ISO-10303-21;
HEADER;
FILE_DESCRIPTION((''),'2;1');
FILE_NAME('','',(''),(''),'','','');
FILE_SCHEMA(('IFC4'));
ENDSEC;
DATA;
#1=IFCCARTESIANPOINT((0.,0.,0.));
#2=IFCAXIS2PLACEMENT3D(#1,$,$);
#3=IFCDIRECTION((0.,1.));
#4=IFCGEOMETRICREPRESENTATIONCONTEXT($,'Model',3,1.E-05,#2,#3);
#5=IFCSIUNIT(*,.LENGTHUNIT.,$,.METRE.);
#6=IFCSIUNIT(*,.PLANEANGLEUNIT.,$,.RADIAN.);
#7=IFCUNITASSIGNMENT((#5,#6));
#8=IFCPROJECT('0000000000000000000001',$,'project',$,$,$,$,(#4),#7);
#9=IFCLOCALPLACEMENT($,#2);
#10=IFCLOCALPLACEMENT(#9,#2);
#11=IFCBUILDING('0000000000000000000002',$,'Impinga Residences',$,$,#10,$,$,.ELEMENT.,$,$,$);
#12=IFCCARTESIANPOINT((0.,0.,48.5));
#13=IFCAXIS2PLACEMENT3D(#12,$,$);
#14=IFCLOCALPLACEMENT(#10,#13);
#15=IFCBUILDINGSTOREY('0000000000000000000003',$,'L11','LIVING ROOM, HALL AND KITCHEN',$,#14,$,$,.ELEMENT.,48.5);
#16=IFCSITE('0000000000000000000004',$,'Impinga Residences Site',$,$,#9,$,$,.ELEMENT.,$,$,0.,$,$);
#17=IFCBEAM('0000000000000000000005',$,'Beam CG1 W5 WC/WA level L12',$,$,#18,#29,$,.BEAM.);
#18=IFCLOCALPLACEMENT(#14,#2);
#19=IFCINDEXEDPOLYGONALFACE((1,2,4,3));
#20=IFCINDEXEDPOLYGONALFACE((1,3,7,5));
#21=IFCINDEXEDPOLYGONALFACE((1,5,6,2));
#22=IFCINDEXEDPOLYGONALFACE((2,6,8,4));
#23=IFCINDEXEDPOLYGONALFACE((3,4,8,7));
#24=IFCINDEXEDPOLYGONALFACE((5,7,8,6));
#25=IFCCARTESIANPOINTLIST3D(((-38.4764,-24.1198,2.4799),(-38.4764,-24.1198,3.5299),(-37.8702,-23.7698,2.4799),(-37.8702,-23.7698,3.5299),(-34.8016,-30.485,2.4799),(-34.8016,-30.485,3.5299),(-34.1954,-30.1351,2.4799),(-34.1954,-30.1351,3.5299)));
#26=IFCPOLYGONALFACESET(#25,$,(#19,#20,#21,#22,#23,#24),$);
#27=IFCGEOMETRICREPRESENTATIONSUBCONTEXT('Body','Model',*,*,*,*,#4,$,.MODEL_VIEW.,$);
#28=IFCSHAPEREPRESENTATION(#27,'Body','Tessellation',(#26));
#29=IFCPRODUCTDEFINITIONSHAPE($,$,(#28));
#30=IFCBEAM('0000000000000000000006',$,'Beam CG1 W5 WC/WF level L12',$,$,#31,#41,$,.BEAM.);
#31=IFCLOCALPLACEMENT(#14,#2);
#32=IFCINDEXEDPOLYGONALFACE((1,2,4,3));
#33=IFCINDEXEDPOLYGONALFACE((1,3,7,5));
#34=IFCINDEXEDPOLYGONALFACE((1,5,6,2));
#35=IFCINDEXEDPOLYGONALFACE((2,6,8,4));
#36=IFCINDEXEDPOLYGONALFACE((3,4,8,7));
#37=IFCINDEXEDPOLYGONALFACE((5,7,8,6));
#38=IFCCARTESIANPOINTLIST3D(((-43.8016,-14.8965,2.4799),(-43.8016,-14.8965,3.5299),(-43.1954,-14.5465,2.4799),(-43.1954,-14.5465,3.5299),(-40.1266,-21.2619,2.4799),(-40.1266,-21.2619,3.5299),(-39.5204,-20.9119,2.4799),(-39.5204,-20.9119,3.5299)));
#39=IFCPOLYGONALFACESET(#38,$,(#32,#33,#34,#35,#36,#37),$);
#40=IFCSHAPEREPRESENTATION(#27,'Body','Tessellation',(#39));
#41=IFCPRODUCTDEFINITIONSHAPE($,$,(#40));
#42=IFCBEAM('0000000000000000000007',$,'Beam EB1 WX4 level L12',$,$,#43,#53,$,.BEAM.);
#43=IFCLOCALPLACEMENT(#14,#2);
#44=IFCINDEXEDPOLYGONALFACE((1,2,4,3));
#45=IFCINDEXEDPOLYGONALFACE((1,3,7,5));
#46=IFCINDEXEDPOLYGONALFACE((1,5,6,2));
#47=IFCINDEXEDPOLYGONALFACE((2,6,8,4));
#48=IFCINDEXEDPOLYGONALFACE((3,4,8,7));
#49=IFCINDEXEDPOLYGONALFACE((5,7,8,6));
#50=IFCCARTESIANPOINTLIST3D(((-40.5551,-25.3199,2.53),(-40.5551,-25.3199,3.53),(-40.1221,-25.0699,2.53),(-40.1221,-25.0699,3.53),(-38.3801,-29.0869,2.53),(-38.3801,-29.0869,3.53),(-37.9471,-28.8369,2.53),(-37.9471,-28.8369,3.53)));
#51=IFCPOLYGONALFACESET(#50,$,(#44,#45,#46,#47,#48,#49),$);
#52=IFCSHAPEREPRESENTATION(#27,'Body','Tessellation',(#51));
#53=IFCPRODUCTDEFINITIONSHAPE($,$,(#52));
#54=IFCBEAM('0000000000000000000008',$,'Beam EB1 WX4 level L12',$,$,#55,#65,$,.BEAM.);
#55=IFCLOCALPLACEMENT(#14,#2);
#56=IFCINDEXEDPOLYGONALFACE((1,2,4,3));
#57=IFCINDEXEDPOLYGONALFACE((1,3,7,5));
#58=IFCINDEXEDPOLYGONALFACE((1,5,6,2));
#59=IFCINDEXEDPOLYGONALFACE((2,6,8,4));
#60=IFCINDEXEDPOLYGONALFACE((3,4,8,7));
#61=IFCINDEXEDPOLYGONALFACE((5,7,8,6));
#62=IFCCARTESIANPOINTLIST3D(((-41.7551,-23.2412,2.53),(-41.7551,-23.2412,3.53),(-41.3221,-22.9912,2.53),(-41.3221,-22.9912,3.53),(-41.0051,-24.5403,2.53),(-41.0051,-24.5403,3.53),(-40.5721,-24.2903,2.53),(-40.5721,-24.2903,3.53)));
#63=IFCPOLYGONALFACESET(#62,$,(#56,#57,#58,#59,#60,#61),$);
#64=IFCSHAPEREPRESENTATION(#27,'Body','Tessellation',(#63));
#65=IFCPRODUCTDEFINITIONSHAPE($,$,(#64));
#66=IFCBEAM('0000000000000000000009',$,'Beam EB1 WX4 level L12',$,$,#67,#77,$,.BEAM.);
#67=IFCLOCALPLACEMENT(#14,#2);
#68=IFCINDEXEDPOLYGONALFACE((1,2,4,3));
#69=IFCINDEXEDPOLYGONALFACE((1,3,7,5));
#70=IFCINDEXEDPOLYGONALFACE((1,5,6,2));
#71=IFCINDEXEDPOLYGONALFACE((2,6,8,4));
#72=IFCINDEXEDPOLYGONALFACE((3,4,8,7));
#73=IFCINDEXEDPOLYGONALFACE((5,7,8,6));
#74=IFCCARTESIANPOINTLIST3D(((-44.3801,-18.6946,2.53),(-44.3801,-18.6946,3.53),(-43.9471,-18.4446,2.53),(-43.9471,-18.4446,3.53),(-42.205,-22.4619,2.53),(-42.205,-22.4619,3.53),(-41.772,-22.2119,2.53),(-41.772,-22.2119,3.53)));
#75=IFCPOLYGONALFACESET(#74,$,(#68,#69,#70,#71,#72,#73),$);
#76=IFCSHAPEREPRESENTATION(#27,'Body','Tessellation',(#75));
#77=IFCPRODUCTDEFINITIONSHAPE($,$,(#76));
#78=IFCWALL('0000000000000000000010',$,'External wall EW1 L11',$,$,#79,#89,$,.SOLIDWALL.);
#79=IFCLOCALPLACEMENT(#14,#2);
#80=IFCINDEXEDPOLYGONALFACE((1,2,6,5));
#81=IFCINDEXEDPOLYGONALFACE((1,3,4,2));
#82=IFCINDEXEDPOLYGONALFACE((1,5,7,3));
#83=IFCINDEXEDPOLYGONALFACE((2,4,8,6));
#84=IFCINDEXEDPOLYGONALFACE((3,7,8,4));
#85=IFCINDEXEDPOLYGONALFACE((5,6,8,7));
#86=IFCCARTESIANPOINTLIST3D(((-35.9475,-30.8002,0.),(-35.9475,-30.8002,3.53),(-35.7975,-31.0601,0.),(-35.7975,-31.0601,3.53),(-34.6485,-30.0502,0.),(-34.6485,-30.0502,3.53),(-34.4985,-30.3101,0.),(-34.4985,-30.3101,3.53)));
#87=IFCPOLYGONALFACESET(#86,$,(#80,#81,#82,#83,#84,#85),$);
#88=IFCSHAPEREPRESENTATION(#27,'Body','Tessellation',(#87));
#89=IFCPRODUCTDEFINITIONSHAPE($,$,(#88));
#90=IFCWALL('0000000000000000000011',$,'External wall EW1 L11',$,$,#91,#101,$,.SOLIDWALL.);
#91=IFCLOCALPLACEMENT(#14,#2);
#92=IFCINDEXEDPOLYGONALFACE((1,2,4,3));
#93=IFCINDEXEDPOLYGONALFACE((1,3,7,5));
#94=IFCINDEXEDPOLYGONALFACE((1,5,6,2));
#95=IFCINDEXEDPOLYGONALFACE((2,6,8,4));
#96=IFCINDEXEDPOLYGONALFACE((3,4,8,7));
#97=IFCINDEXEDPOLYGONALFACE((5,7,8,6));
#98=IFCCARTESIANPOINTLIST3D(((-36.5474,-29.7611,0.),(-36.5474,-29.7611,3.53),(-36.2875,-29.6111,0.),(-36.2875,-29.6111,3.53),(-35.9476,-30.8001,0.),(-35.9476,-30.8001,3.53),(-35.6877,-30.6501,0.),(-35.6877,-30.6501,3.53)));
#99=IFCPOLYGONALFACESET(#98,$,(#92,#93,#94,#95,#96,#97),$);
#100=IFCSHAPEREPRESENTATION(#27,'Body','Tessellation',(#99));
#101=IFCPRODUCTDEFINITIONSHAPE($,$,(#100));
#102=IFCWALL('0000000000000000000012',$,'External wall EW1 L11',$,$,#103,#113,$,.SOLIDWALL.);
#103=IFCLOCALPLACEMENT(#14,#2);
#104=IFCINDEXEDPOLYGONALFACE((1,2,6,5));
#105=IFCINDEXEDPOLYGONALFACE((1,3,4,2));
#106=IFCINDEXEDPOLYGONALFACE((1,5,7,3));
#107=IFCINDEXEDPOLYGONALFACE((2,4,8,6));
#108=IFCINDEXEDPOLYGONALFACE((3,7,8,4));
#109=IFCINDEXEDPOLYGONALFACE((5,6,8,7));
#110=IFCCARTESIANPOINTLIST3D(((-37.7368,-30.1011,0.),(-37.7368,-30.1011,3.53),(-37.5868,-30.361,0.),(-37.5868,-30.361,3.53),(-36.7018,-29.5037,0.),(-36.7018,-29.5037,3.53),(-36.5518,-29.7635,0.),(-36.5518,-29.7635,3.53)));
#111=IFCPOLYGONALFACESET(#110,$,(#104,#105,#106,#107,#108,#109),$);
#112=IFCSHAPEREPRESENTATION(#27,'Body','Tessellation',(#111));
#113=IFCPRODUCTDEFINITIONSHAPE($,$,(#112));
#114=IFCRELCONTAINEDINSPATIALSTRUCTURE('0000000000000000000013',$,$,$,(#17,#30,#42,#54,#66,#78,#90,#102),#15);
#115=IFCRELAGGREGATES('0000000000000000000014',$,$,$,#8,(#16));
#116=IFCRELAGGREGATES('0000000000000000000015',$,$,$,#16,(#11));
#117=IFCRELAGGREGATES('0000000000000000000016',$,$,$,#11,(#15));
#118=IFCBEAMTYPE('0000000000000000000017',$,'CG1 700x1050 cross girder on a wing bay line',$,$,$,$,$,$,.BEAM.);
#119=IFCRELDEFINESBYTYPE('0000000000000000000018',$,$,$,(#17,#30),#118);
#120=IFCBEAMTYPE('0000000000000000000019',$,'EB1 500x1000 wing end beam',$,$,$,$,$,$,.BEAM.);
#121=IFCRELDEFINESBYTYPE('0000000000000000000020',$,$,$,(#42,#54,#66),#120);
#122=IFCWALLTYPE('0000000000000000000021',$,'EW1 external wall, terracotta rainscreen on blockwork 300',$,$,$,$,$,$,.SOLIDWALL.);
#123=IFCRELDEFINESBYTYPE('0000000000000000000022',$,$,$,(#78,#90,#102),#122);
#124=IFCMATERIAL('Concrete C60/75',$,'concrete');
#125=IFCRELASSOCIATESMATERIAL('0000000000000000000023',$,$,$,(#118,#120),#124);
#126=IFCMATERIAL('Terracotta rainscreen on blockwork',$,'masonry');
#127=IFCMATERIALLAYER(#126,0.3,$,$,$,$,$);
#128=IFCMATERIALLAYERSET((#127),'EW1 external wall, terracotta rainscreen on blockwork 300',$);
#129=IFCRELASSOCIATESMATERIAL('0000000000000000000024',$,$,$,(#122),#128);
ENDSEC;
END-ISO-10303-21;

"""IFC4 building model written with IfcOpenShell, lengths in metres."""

from ifc_helpers import new_model, si_unit, direction, frame, frame_2d, origin, origin_2d, place, context, subcontext, project, spatial, rectangle, extrude, material, layer, layer_set, material_profile, profile_set, type_object, element, save


model = new_model("IFC4")

# Units and contexts
model_context = context("Model", 3, precision=1e-05, world=origin(), true_north=direction((0.0, 1.0)))
body_context = subcontext(model_context, "Body", "Model", "MODEL_VIEW")
ifc_project = project(units=[si_unit("LENGTHUNIT", "METRE"), si_unit("PLANEANGLEUNIT", "RADIAN")], contexts=[model_context])

# Site, building, storey
site_placement = place(None, origin())
site = spatial("IfcSite", under=ifc_project, at=site_placement, Name="Impinga Residences Site", CompositionType="ELEMENT", RefElevation=0.0)
building_placement = place(site_placement, origin())
building = spatial("IfcBuilding", under=site, at=building_placement, Name="Impinga Residences", CompositionType="ELEMENT")
storey_placement = place(building_placement, frame((0.0, 0.0, 48.5)))
storey = spatial("IfcBuildingStorey", under=building, at=storey_placement, Name="L11", Description="LIVING ROOM, HALL AND KITCHEN", CompositionType="ELEMENT", Elevation=48.5)

# Beams
ifc_material_1 = material(Name="Concrete C60/75", Category="concrete")
ifc_material_profile_1 = material_profile(ifc_material_1, rectangle(XDim=0.7, YDim=1.05, at=origin_2d()), Name="RC 700x1050")
ifc_profile_set_1 = profile_set([ifc_material_profile_1], Name="Concrete C60/75")
beam_type_1 = type_object("IfcBeamType", Name="CG1 700x1050 cross girder on a wing bay line", PredefinedType="BEAM", material=ifc_profile_set_1)
beam_1_placement = place(storey_placement, frame((-38.1733, -23.9448, 3.0049), z_axis=(0.499983, -0.866035, 0.0), x_axis=(0.866035, 0.499983, 0.0)))
element("IfcBeam", 1, at=beam_1_placement, inside=storey, type_object=beam_type_1, Name="Beam CG1 W5 WC/WA level L12", PredefinedType="BEAM", context=body_context, shape_type="SweptSolid", body=[
    extrude(rectangle(XDim=0.7, YDim=1.05, at=origin_2d()), origin(), (0.0, 0.0, 1.0), 7.3499),
])
beam_2_placement = place(storey_placement, frame((-39.8235, -21.0869, 3.0049), z_axis=(-0.499994, 0.866029, 0.0), x_axis=(-0.866029, -0.499994, 0.0)))
element("IfcBeam", 2, at=beam_2_placement, inside=storey, type_object=beam_type_1, Name="Beam CG1 W5 WC/WF level L12", PredefinedType="BEAM", context=body_context, shape_type="SweptSolid", body=[
    extrude(rectangle(XDim=0.7, YDim=1.05, at=origin_2d()), origin(), (0.0, 0.0, 1.0), 7.3501),
])
ifc_material_profile_2 = material_profile(ifc_material_1, rectangle(XDim=0.5, YDim=1.0, at=origin_2d()), Name="RC 500x1000")
ifc_profile_set_2 = profile_set([ifc_material_profile_2], Name="Concrete C60/75")
beam_type_2 = type_object("IfcBeamType", Name="EB1 500x1000 wing end beam", PredefinedType="BEAM", material=ifc_profile_set_2)
beam_3_placement = place(storey_placement, frame((-38.1636, -28.9619, 3.03), z_axis=(-0.50002, 0.866014, 0.0), x_axis=(-0.866014, -0.50002, 0.0)))
element("IfcBeam", 3, at=beam_3_placement, inside=storey, type_object=beam_type_2, Name="Beam EB1 WX4 level L12", PredefinedType="BEAM", context=body_context, shape_type="SweptSolid", body=[
    extrude(rectangle(XDim=0.5, YDim=1.0, at=origin_2d()), origin(), (0.0, 0.0, 1.0), 4.3499),
])
beam_4_placement = place(storey_placement, frame((-40.7886, -24.4153, 3.03), z_axis=(-0.49999, 0.866031, 0.0), x_axis=(-0.866031, -0.49999, 0.0)))
element("IfcBeam", 4, at=beam_4_placement, inside=storey, type_object=beam_type_2, Name="Beam EB1 WX4 level L12", PredefinedType="BEAM", context=body_context, shape_type="SweptSolid", body=[
    extrude(rectangle(XDim=0.5, YDim=1.0, at=origin_2d()), origin(), (0.0, 0.0, 1.0), 1.5),
])
beam_5_placement = place(storey_placement, frame((-41.9885, -22.3369, 3.03), z_axis=(-0.499996, 0.866028, 0.0), x_axis=(-0.866028, -0.499996, 0.0)))
element("IfcBeam", 5, at=beam_5_placement, inside=storey, type_object=beam_type_2, Name="Beam EB1 WX4 level L12", PredefinedType="BEAM", context=body_context, shape_type="SweptSolid", body=[
    extrude(rectangle(XDim=0.5, YDim=1.0, at=origin_2d()), origin(), (0.0, 0.0, 1.0), 4.3501),
])

# Walls
ifc_material_2 = material(Name="Terracotta rainscreen on blockwork", Category="masonry")
ifc_layer_1 = layer(ifc_material_2, 0.3)
ifc_layer_set_1 = layer_set([ifc_layer_1], Name="EW1 external wall, terracotta rainscreen on blockwork 300")
wall_type_1 = type_object("IfcWallType", Name="EW1 external wall, terracotta rainscreen on blockwork 300", PredefinedType="SOLIDWALL", material=ifc_layer_set_1)
wall_1_placement = place(storey_placement, frame((-34.5735, -30.1802, 0.0), z_axis=(0.0, 0.0, 1.0), x_axis=(-0.866031, -0.49999, 0.0)))
element("IfcWall", 6, at=wall_1_placement, inside=storey, type_object=wall_type_1, Name="External wall EW1 L11", PredefinedType="SOLIDWALL", context=body_context, shape_type="SweptSolid", body=[
    extrude(rectangle(XDim=1.5, YDim=0.3, at=frame_2d((0.75, 0.0))), origin(), (0.0, 0.0, 1.0), 3.53),
])
wall_2_placement = place(storey_placement, frame((-35.8176, -30.7251, 0.0), z_axis=(0.0, 0.0, 1.0), x_axis=(-0.499969, 0.866043, 0.0)))
element("IfcWall", 7, at=wall_2_placement, inside=storey, type_object=wall_type_1, Name="External wall EW1 L11", PredefinedType="SOLIDWALL", context=body_context, shape_type="SweptSolid", body=[
    extrude(rectangle(XDim=1.1997, YDim=0.3, at=frame_2d((0.5999, 0.0))), origin(), (0.0, 0.0, 1.0), 3.53),
])
wall_3_placement = place(storey_placement, frame((-36.6267, -29.6335, 0.0), z_axis=(0.0, 0.0, 1.0), x_axis=(-0.86606, -0.499941, 0.0)))
element("IfcWall", 8, at=wall_3_placement, inside=storey, type_object=wall_type_1, Name="External wall EW1 L11", PredefinedType="SOLIDWALL", context=body_context, shape_type="SweptSolid", body=[
    extrude(rectangle(XDim=1.1951, YDim=0.3, at=frame_2d((0.5977, 0.0))), origin(), (0.0, 0.0, 1.0), 3.53),
])

save(model, "model.ifc")
